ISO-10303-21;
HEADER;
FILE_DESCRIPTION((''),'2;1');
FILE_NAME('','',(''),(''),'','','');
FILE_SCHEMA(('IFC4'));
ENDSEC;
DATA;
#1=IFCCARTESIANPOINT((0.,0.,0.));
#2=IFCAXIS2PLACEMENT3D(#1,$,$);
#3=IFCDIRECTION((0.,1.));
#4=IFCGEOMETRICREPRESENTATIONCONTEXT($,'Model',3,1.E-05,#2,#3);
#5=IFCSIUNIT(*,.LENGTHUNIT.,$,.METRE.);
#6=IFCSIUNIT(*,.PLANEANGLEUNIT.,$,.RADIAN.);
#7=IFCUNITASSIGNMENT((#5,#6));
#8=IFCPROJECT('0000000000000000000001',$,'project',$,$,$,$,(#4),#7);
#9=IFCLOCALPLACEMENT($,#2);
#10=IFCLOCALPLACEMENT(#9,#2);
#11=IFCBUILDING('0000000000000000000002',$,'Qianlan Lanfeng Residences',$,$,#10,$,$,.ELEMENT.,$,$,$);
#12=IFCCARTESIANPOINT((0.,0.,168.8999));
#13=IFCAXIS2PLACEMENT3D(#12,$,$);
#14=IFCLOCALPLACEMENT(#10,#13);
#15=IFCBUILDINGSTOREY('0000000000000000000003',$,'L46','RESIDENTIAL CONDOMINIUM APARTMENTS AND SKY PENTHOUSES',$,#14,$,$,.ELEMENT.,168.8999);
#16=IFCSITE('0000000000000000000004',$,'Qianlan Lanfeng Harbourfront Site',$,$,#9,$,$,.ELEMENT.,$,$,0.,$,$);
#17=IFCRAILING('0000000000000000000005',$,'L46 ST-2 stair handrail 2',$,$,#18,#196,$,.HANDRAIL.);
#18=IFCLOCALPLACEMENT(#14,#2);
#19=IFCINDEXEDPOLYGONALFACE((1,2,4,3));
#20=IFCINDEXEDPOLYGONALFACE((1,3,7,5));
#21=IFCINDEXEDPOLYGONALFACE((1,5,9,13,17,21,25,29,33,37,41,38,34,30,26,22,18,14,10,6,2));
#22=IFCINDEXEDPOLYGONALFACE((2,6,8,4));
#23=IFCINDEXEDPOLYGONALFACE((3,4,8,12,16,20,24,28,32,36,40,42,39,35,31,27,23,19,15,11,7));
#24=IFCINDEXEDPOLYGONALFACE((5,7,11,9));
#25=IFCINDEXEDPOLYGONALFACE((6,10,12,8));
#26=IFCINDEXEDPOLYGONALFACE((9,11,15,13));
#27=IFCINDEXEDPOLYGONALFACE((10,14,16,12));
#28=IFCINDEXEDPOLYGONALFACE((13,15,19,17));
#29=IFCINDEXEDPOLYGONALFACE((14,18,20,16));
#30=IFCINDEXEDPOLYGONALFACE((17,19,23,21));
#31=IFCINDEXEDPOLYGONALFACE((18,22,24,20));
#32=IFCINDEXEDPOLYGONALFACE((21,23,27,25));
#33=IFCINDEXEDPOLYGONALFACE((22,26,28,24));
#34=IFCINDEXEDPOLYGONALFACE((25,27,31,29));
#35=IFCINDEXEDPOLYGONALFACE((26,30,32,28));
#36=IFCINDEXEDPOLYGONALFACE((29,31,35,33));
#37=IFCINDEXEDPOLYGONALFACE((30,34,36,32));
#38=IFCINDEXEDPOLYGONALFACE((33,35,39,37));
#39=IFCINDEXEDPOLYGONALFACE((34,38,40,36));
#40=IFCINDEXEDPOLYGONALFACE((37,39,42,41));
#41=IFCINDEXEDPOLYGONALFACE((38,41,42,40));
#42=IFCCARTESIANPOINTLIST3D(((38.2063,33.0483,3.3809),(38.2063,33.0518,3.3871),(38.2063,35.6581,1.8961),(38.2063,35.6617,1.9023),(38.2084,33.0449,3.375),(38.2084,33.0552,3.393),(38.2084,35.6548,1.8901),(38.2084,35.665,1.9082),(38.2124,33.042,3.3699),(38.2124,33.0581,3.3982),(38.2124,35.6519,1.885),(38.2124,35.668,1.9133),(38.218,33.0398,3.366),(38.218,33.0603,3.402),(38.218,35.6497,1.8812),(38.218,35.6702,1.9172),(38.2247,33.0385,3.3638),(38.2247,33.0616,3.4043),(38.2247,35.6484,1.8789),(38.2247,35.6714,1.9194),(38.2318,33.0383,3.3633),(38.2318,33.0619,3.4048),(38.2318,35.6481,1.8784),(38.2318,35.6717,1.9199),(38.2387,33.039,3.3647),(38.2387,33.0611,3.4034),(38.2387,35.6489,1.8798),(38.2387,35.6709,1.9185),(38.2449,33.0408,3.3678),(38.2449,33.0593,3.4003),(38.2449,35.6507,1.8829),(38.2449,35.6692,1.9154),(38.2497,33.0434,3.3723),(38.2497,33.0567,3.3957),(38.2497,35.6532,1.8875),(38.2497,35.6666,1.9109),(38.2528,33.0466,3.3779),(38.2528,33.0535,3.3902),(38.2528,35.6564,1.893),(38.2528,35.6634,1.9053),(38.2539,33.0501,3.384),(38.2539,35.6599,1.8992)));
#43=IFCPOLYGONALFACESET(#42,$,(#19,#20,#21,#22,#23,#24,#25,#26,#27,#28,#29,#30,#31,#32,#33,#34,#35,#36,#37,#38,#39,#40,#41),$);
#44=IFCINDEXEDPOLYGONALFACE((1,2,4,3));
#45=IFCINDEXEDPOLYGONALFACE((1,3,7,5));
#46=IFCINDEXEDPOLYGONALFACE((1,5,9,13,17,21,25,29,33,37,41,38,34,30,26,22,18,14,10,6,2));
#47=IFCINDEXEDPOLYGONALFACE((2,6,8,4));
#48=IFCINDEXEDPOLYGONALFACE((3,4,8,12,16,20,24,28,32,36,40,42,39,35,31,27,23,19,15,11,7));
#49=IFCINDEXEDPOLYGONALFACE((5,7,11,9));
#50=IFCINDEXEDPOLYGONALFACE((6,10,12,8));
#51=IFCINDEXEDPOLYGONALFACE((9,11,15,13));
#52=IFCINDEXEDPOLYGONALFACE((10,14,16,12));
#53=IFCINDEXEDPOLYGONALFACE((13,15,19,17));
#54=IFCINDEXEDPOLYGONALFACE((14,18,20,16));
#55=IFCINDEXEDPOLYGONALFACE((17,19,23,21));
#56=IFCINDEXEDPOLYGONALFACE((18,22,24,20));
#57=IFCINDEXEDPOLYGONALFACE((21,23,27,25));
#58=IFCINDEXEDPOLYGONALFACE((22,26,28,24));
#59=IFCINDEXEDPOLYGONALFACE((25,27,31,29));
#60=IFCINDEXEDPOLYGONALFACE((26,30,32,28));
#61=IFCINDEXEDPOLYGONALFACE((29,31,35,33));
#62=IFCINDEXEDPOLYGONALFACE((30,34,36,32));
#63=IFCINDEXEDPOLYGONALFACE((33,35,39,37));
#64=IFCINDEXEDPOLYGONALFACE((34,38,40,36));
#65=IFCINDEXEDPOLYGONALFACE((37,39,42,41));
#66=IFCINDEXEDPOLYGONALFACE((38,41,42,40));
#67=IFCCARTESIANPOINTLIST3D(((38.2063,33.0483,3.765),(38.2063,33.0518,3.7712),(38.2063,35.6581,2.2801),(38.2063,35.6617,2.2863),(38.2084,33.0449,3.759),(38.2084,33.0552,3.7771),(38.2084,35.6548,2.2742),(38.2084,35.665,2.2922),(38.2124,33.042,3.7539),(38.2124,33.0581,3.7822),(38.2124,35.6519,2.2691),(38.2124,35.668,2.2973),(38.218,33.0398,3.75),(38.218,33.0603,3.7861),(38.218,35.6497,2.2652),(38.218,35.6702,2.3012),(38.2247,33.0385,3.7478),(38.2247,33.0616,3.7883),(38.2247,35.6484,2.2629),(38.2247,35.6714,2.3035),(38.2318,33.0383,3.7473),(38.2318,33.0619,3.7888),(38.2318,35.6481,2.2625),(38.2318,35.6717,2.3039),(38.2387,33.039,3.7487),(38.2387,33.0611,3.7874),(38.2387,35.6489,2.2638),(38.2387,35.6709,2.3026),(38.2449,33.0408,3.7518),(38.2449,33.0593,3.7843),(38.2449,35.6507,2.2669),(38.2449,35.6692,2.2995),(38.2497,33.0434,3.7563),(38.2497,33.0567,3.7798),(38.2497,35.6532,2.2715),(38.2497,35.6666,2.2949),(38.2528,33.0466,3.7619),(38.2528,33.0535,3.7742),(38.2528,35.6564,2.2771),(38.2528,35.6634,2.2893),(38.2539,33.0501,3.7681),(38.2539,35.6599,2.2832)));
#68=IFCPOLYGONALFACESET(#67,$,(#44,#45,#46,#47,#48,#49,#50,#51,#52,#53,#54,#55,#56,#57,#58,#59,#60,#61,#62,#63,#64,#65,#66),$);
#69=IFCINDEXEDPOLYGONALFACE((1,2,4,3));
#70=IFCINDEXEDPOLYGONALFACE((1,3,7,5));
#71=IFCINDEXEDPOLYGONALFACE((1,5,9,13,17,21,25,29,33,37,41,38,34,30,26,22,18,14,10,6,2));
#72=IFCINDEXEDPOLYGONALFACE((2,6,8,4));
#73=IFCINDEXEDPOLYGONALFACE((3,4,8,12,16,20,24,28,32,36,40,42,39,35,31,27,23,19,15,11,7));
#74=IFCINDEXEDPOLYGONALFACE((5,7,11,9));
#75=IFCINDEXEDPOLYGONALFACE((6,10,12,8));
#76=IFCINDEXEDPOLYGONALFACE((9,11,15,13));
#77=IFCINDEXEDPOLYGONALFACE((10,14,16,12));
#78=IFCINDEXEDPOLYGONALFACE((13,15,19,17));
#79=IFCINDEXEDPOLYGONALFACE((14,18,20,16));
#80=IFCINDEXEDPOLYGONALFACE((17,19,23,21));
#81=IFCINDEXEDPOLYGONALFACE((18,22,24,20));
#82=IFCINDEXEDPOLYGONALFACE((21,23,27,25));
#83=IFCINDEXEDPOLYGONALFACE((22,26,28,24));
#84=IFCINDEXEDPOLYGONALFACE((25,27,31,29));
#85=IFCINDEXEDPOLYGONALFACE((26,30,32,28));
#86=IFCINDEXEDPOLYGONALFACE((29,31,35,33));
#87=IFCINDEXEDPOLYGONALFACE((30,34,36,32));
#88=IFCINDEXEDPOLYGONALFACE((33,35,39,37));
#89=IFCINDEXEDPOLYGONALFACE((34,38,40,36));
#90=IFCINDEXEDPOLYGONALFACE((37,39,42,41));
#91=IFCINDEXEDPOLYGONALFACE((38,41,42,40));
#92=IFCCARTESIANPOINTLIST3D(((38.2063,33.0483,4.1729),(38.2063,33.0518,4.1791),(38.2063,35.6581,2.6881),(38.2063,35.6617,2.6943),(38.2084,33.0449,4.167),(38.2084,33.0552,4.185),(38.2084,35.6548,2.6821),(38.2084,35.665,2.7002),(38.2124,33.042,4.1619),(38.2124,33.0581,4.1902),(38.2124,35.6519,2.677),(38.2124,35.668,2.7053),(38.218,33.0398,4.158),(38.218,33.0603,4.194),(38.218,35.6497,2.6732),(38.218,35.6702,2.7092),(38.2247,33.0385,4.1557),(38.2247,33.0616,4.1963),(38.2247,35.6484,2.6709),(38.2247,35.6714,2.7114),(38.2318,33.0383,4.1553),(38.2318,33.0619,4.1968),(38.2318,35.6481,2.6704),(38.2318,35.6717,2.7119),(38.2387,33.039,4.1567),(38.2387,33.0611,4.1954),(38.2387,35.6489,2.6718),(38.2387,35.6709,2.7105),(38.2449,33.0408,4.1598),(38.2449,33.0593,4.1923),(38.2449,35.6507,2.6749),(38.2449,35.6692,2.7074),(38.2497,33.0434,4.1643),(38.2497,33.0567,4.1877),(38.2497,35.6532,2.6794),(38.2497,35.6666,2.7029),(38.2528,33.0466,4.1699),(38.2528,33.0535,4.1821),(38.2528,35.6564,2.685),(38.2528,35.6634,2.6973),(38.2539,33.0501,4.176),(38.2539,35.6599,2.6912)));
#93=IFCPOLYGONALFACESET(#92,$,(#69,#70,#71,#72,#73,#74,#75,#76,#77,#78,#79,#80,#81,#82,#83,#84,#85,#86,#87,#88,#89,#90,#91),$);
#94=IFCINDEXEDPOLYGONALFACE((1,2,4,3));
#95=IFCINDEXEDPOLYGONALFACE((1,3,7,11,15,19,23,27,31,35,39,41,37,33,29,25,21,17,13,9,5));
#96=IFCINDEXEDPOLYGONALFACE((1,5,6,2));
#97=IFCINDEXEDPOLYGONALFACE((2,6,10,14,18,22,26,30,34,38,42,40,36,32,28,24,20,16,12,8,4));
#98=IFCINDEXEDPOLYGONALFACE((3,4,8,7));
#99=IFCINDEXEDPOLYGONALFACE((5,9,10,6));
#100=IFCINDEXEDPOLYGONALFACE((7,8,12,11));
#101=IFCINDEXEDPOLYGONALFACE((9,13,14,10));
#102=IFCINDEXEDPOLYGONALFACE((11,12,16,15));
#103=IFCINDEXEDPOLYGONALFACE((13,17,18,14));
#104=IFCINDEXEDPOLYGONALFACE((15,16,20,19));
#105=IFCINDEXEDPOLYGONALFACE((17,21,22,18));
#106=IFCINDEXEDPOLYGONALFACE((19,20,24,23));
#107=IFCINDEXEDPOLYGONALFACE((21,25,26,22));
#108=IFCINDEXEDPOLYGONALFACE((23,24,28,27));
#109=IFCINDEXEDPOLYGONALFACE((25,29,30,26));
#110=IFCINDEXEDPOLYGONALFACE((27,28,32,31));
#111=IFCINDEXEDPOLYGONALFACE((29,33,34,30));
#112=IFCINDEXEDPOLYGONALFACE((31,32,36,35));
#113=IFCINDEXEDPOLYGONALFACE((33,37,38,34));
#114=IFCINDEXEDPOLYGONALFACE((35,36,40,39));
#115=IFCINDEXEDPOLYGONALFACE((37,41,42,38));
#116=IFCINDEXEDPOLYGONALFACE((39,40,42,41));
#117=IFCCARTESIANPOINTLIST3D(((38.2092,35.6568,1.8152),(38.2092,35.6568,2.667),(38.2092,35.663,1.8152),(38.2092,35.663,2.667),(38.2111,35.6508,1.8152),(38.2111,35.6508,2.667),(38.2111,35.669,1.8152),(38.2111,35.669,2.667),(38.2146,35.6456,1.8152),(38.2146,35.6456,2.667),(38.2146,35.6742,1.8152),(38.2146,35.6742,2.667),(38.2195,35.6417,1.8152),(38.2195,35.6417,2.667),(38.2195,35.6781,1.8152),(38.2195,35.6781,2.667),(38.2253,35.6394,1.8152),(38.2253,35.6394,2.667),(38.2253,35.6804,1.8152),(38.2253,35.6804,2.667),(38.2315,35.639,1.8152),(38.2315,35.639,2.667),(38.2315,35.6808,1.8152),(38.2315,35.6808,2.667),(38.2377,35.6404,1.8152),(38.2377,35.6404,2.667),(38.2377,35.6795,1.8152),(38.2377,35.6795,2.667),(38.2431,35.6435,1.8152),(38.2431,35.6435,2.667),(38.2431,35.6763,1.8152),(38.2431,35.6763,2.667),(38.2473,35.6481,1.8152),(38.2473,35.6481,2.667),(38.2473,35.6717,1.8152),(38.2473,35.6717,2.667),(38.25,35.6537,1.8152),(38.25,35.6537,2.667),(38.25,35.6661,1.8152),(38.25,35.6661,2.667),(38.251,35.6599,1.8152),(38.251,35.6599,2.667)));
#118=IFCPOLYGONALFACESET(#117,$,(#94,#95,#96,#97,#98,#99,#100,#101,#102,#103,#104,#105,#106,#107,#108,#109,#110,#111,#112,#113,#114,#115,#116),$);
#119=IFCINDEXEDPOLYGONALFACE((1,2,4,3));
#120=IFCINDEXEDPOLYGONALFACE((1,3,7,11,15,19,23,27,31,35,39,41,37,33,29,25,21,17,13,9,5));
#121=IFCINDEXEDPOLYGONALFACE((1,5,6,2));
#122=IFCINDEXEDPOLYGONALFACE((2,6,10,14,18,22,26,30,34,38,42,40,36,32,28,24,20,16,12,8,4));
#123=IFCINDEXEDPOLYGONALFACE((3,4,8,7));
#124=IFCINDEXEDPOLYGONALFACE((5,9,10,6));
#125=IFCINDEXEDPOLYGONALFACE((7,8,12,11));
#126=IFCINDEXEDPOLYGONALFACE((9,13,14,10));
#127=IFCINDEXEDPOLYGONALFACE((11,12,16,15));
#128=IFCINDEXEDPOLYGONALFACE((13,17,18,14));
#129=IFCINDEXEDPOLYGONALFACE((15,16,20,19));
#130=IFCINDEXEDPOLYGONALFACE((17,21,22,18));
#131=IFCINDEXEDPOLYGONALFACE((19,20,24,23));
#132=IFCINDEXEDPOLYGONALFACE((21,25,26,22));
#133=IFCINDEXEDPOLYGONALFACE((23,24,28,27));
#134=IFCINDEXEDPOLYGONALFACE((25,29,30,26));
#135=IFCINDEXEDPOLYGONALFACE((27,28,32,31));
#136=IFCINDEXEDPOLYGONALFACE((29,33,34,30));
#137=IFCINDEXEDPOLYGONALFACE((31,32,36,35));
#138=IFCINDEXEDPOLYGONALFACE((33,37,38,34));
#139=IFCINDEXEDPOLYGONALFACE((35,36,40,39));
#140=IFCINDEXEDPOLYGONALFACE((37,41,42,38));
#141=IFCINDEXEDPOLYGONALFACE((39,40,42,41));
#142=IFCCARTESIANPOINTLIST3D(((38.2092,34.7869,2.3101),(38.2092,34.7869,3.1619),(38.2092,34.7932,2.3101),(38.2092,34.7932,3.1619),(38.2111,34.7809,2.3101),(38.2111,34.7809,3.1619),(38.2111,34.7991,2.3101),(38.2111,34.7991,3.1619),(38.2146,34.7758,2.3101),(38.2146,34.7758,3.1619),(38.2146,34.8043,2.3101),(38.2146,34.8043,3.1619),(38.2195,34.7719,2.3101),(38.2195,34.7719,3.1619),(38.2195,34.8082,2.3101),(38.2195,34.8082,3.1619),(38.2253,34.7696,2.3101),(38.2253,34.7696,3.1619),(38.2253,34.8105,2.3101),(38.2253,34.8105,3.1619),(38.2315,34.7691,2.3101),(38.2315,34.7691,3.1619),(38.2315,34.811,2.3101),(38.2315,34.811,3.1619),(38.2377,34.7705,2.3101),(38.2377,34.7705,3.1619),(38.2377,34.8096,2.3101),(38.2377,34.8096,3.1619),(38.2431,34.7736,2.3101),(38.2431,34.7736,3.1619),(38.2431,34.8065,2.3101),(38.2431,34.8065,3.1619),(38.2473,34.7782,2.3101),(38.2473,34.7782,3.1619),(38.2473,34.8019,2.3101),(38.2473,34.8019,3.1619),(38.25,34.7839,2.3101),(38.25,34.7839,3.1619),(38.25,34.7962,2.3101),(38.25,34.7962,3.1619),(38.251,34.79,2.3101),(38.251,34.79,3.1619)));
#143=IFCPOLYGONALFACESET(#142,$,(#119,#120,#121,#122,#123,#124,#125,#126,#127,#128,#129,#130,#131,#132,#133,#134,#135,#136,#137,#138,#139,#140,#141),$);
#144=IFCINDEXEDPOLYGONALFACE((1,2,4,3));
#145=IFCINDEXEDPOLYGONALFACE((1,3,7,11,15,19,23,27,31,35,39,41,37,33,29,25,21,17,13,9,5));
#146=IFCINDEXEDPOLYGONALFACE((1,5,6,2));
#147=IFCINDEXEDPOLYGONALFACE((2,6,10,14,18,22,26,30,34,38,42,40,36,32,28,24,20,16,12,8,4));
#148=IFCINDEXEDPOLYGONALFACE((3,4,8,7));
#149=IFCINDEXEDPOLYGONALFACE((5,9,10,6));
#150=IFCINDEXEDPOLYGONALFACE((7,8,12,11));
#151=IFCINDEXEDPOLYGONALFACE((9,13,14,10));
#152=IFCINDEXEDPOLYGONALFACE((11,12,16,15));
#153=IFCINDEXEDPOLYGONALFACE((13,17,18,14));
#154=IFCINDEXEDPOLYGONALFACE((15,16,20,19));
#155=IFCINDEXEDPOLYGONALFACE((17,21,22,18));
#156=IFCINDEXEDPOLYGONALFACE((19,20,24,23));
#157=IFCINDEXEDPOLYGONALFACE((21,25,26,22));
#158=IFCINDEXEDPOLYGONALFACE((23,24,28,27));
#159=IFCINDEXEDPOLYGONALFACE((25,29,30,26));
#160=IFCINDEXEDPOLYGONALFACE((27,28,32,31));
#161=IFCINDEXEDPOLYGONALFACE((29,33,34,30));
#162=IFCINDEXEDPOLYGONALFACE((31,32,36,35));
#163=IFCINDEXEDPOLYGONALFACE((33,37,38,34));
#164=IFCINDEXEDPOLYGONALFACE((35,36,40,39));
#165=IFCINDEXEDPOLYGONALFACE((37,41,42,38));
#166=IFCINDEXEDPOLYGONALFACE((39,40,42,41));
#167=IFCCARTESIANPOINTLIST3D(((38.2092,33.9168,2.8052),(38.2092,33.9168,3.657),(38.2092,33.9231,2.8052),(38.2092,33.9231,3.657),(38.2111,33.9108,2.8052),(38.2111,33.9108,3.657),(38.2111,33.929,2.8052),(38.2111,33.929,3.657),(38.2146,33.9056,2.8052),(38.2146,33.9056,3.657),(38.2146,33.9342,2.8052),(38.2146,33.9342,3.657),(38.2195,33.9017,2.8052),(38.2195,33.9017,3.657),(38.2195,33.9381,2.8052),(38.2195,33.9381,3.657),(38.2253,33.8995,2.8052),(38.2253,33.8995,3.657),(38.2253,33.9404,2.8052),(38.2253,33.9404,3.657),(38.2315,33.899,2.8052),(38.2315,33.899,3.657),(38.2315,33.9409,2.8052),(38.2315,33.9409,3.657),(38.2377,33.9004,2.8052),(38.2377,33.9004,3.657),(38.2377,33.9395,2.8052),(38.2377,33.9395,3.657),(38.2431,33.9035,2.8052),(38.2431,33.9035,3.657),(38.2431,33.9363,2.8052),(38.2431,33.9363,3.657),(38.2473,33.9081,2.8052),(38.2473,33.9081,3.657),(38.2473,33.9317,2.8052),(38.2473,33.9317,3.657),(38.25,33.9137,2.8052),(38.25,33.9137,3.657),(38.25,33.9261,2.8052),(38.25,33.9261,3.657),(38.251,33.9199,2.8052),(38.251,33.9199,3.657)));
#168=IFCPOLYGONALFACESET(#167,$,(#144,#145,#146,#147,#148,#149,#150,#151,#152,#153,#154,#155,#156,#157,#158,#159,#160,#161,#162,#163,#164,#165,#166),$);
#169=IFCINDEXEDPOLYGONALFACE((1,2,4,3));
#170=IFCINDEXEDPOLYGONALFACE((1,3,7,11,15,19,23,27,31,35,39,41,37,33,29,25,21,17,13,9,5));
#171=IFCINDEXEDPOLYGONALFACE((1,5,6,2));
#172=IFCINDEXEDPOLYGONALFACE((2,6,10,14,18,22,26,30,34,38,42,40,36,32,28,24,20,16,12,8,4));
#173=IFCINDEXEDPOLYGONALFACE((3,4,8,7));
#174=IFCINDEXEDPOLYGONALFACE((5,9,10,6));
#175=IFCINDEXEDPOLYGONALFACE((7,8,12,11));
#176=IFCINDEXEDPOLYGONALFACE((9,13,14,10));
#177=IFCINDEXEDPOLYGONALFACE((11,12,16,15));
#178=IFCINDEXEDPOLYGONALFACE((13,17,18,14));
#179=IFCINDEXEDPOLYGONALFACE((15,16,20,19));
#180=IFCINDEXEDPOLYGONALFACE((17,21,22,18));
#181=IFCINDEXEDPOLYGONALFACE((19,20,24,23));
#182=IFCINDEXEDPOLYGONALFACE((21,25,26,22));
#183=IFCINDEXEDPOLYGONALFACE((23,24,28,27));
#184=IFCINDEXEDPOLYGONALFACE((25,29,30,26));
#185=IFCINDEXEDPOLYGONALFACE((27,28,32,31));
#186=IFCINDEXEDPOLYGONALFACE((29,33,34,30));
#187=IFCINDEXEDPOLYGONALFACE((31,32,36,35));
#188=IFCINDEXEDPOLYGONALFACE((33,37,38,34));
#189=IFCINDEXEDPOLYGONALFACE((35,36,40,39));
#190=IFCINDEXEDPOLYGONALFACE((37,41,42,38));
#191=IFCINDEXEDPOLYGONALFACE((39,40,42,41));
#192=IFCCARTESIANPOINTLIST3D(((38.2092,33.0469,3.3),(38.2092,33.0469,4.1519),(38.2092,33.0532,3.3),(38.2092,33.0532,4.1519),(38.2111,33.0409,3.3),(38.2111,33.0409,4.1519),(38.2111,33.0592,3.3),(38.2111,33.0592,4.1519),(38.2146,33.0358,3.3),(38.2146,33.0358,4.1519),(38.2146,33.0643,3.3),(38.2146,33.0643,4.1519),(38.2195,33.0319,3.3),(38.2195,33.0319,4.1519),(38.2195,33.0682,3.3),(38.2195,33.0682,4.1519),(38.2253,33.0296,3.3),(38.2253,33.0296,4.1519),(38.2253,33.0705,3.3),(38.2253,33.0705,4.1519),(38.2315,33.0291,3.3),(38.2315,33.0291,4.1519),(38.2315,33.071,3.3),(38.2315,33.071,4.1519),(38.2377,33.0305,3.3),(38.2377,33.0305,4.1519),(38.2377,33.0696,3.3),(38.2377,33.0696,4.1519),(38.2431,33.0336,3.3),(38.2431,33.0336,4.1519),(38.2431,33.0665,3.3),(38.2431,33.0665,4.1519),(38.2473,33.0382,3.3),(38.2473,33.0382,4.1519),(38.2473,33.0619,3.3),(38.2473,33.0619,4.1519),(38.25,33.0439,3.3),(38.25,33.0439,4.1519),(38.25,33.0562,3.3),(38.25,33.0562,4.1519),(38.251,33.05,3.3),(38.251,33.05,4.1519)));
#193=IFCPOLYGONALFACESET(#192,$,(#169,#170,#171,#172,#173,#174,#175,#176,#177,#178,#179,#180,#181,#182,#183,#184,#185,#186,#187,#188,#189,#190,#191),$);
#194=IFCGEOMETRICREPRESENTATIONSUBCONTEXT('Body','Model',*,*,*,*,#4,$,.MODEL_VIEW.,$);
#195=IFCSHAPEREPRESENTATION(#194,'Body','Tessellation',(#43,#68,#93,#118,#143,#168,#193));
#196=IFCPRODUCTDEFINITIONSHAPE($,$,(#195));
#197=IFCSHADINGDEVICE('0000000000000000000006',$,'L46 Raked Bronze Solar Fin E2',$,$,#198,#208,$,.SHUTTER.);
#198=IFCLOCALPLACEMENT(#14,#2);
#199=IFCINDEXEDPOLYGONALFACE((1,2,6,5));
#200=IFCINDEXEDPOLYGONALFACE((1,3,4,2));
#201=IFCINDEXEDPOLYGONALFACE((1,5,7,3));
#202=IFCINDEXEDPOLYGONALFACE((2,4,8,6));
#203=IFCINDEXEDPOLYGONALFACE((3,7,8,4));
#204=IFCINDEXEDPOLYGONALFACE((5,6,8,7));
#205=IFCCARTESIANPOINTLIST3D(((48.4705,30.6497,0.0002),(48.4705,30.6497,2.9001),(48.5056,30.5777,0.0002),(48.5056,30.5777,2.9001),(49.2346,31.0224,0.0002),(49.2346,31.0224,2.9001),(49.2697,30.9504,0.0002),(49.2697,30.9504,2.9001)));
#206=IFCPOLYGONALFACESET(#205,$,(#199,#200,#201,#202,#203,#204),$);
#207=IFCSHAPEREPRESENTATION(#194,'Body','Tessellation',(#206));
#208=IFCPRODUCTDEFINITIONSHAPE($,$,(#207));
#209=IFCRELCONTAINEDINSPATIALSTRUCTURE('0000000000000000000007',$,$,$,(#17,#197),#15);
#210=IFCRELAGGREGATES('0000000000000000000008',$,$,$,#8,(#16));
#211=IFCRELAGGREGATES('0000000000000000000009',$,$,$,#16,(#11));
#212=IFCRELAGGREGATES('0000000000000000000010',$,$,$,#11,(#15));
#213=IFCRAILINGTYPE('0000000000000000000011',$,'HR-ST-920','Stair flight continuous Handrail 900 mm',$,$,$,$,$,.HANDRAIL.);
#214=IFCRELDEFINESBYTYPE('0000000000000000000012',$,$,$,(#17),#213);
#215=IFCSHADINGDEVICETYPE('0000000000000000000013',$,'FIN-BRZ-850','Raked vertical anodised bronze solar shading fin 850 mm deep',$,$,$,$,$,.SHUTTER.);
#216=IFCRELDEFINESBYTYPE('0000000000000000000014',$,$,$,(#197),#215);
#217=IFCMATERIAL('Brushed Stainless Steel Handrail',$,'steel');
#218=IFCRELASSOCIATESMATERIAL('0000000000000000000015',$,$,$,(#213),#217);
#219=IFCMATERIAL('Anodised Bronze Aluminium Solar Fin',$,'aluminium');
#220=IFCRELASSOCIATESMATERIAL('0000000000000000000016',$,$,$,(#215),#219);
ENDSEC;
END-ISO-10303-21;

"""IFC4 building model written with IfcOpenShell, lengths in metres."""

from ifc_helpers import new_model, si_unit, direction, frame, origin, origin_2d, place, context, subcontext, project, spatial, rectangle, circle, extrude, source, transform, mapped, material, type_object, element, save


model = new_model("IFC4")

# Units and contexts
model_context = context("Model", 3, precision=1e-05, world=origin(), true_north=direction((0.0, 1.0)))
body_context = subcontext(model_context, "Body", "Model", "MODEL_VIEW")
ifc_project = project(units=[si_unit("LENGTHUNIT", "METRE"), si_unit("PLANEANGLEUNIT", "RADIAN")], contexts=[model_context])

# Site, building, storey
site_placement = place(None, origin())
site = spatial("IfcSite", under=ifc_project, at=site_placement, Name="Qianlan Lanfeng Harbourfront Site", CompositionType="ELEMENT", RefElevation=0.0)
building_placement = place(site_placement, origin())
building = spatial("IfcBuilding", under=site, at=building_placement, Name="Qianlan Lanfeng Residences", CompositionType="ELEMENT")
storey_placement = place(building_placement, frame((0.0, 0.0, 168.8999)))
storey = spatial("IfcBuildingStorey", under=building, at=storey_placement, Name="L46", Description="RESIDENTIAL CONDOMINIUM APARTMENTS AND SKY PENTHOUSES", CompositionType="ELEMENT", Elevation=168.8999)

# Railing
ifc_material_1 = material(Name="Brushed Stainless Steel Handrail", Category="steel")
railing_type_1 = type_object("IfcRailingType", Name="HR-ST-920", Description="Stair flight continuous Handrail 900 mm", PredefinedType="HANDRAIL", material=ifc_material_1)
railing_1_placement = place(storey_placement, frame((38.23, 35.6599, 1.8152)))
element("IfcRailing", 1, at=railing_1_placement, inside=storey, type_object=railing_type_1, Name="L46 ST-2 stair handrail 2", PredefinedType="HANDRAIL", context=body_context, shape_type="SweptSolid", body=[
    extrude(circle(Radius=0.0239, at=origin_2d()), frame((0.0, 0.0, 0.084), z_axis=(0.0, -0.869172, 0.494509), x_axis=(1.0, 0.0, 0.0)), (0.0, 0.0, 1.0), 3.0027),
    extrude(circle(Radius=0.0239, at=origin_2d()), frame((0.0, 0.0, 0.468), z_axis=(0.0, -0.869172, 0.494509), x_axis=(1.0, 0.0, 0.0)), (0.0, 0.0, 1.0), 3.0027),
    extrude(circle(Radius=0.0239, at=origin_2d()), frame((0.0, 0.0, 0.876), z_axis=(0.0, -0.869172, 0.494509), x_axis=(1.0, 0.0, 0.0)), (0.0, 0.0, 1.0), 3.0027),
    extrude(circle(Radius=0.021, at=origin_2d()), origin(), (0.0, 0.0, 1.0), 0.8518),
    extrude(circle(Radius=0.021, at=origin_2d()), frame((0.0, -0.8699, 0.4949)), (0.0, 0.0, 1.0), 0.8518),
    extrude(circle(Radius=0.021, at=origin_2d()), frame((0.0, -1.74, 0.99)), (0.0, 0.0, 1.0), 0.8518),
    extrude(circle(Radius=0.021, at=origin_2d()), frame((0.0, -2.6099, 1.4849)), (0.0, 0.0, 1.0), 0.8518),
])

# Shading device
ifc_material_2 = material(Name="Anodised Bronze Aluminium Solar Fin", Category="aluminium")
shading_device_type = type_object("IfcShadingDeviceType", Name="FIN-BRZ-850", Description="Raked vertical anodised bronze solar shading fin 850 mm deep", PredefinedType="SHUTTER", material=ifc_material_2)
shared_shape = source(origin(), body_context, "Body", "SweptSolid", [
    extrude(rectangle(XDim=0.8501, YDim=0.0801, at=origin_2d()), origin(), (0.0, 0.0, 1.0), 2.8999),
])
shading_device_placement = place(storey_placement, frame((48.8701, 30.8, 0.0002), z_axis=(0.0, 0.0, 1.0), x_axis=(0.898794, 0.438371, 0.0)))
element("IfcShadingDevice", 2, at=shading_device_placement, inside=storey, type_object=shading_device_type, Name="L46 Raked Bronze Solar Fin E2", PredefinedType="SHUTTER", context=body_context, shape_type="MappedRepresentation", body=[
    mapped(shared_shape, transform((0.0, 0.0, 0.0), scale=1.0)),
])

save(model, "model.ifc")
